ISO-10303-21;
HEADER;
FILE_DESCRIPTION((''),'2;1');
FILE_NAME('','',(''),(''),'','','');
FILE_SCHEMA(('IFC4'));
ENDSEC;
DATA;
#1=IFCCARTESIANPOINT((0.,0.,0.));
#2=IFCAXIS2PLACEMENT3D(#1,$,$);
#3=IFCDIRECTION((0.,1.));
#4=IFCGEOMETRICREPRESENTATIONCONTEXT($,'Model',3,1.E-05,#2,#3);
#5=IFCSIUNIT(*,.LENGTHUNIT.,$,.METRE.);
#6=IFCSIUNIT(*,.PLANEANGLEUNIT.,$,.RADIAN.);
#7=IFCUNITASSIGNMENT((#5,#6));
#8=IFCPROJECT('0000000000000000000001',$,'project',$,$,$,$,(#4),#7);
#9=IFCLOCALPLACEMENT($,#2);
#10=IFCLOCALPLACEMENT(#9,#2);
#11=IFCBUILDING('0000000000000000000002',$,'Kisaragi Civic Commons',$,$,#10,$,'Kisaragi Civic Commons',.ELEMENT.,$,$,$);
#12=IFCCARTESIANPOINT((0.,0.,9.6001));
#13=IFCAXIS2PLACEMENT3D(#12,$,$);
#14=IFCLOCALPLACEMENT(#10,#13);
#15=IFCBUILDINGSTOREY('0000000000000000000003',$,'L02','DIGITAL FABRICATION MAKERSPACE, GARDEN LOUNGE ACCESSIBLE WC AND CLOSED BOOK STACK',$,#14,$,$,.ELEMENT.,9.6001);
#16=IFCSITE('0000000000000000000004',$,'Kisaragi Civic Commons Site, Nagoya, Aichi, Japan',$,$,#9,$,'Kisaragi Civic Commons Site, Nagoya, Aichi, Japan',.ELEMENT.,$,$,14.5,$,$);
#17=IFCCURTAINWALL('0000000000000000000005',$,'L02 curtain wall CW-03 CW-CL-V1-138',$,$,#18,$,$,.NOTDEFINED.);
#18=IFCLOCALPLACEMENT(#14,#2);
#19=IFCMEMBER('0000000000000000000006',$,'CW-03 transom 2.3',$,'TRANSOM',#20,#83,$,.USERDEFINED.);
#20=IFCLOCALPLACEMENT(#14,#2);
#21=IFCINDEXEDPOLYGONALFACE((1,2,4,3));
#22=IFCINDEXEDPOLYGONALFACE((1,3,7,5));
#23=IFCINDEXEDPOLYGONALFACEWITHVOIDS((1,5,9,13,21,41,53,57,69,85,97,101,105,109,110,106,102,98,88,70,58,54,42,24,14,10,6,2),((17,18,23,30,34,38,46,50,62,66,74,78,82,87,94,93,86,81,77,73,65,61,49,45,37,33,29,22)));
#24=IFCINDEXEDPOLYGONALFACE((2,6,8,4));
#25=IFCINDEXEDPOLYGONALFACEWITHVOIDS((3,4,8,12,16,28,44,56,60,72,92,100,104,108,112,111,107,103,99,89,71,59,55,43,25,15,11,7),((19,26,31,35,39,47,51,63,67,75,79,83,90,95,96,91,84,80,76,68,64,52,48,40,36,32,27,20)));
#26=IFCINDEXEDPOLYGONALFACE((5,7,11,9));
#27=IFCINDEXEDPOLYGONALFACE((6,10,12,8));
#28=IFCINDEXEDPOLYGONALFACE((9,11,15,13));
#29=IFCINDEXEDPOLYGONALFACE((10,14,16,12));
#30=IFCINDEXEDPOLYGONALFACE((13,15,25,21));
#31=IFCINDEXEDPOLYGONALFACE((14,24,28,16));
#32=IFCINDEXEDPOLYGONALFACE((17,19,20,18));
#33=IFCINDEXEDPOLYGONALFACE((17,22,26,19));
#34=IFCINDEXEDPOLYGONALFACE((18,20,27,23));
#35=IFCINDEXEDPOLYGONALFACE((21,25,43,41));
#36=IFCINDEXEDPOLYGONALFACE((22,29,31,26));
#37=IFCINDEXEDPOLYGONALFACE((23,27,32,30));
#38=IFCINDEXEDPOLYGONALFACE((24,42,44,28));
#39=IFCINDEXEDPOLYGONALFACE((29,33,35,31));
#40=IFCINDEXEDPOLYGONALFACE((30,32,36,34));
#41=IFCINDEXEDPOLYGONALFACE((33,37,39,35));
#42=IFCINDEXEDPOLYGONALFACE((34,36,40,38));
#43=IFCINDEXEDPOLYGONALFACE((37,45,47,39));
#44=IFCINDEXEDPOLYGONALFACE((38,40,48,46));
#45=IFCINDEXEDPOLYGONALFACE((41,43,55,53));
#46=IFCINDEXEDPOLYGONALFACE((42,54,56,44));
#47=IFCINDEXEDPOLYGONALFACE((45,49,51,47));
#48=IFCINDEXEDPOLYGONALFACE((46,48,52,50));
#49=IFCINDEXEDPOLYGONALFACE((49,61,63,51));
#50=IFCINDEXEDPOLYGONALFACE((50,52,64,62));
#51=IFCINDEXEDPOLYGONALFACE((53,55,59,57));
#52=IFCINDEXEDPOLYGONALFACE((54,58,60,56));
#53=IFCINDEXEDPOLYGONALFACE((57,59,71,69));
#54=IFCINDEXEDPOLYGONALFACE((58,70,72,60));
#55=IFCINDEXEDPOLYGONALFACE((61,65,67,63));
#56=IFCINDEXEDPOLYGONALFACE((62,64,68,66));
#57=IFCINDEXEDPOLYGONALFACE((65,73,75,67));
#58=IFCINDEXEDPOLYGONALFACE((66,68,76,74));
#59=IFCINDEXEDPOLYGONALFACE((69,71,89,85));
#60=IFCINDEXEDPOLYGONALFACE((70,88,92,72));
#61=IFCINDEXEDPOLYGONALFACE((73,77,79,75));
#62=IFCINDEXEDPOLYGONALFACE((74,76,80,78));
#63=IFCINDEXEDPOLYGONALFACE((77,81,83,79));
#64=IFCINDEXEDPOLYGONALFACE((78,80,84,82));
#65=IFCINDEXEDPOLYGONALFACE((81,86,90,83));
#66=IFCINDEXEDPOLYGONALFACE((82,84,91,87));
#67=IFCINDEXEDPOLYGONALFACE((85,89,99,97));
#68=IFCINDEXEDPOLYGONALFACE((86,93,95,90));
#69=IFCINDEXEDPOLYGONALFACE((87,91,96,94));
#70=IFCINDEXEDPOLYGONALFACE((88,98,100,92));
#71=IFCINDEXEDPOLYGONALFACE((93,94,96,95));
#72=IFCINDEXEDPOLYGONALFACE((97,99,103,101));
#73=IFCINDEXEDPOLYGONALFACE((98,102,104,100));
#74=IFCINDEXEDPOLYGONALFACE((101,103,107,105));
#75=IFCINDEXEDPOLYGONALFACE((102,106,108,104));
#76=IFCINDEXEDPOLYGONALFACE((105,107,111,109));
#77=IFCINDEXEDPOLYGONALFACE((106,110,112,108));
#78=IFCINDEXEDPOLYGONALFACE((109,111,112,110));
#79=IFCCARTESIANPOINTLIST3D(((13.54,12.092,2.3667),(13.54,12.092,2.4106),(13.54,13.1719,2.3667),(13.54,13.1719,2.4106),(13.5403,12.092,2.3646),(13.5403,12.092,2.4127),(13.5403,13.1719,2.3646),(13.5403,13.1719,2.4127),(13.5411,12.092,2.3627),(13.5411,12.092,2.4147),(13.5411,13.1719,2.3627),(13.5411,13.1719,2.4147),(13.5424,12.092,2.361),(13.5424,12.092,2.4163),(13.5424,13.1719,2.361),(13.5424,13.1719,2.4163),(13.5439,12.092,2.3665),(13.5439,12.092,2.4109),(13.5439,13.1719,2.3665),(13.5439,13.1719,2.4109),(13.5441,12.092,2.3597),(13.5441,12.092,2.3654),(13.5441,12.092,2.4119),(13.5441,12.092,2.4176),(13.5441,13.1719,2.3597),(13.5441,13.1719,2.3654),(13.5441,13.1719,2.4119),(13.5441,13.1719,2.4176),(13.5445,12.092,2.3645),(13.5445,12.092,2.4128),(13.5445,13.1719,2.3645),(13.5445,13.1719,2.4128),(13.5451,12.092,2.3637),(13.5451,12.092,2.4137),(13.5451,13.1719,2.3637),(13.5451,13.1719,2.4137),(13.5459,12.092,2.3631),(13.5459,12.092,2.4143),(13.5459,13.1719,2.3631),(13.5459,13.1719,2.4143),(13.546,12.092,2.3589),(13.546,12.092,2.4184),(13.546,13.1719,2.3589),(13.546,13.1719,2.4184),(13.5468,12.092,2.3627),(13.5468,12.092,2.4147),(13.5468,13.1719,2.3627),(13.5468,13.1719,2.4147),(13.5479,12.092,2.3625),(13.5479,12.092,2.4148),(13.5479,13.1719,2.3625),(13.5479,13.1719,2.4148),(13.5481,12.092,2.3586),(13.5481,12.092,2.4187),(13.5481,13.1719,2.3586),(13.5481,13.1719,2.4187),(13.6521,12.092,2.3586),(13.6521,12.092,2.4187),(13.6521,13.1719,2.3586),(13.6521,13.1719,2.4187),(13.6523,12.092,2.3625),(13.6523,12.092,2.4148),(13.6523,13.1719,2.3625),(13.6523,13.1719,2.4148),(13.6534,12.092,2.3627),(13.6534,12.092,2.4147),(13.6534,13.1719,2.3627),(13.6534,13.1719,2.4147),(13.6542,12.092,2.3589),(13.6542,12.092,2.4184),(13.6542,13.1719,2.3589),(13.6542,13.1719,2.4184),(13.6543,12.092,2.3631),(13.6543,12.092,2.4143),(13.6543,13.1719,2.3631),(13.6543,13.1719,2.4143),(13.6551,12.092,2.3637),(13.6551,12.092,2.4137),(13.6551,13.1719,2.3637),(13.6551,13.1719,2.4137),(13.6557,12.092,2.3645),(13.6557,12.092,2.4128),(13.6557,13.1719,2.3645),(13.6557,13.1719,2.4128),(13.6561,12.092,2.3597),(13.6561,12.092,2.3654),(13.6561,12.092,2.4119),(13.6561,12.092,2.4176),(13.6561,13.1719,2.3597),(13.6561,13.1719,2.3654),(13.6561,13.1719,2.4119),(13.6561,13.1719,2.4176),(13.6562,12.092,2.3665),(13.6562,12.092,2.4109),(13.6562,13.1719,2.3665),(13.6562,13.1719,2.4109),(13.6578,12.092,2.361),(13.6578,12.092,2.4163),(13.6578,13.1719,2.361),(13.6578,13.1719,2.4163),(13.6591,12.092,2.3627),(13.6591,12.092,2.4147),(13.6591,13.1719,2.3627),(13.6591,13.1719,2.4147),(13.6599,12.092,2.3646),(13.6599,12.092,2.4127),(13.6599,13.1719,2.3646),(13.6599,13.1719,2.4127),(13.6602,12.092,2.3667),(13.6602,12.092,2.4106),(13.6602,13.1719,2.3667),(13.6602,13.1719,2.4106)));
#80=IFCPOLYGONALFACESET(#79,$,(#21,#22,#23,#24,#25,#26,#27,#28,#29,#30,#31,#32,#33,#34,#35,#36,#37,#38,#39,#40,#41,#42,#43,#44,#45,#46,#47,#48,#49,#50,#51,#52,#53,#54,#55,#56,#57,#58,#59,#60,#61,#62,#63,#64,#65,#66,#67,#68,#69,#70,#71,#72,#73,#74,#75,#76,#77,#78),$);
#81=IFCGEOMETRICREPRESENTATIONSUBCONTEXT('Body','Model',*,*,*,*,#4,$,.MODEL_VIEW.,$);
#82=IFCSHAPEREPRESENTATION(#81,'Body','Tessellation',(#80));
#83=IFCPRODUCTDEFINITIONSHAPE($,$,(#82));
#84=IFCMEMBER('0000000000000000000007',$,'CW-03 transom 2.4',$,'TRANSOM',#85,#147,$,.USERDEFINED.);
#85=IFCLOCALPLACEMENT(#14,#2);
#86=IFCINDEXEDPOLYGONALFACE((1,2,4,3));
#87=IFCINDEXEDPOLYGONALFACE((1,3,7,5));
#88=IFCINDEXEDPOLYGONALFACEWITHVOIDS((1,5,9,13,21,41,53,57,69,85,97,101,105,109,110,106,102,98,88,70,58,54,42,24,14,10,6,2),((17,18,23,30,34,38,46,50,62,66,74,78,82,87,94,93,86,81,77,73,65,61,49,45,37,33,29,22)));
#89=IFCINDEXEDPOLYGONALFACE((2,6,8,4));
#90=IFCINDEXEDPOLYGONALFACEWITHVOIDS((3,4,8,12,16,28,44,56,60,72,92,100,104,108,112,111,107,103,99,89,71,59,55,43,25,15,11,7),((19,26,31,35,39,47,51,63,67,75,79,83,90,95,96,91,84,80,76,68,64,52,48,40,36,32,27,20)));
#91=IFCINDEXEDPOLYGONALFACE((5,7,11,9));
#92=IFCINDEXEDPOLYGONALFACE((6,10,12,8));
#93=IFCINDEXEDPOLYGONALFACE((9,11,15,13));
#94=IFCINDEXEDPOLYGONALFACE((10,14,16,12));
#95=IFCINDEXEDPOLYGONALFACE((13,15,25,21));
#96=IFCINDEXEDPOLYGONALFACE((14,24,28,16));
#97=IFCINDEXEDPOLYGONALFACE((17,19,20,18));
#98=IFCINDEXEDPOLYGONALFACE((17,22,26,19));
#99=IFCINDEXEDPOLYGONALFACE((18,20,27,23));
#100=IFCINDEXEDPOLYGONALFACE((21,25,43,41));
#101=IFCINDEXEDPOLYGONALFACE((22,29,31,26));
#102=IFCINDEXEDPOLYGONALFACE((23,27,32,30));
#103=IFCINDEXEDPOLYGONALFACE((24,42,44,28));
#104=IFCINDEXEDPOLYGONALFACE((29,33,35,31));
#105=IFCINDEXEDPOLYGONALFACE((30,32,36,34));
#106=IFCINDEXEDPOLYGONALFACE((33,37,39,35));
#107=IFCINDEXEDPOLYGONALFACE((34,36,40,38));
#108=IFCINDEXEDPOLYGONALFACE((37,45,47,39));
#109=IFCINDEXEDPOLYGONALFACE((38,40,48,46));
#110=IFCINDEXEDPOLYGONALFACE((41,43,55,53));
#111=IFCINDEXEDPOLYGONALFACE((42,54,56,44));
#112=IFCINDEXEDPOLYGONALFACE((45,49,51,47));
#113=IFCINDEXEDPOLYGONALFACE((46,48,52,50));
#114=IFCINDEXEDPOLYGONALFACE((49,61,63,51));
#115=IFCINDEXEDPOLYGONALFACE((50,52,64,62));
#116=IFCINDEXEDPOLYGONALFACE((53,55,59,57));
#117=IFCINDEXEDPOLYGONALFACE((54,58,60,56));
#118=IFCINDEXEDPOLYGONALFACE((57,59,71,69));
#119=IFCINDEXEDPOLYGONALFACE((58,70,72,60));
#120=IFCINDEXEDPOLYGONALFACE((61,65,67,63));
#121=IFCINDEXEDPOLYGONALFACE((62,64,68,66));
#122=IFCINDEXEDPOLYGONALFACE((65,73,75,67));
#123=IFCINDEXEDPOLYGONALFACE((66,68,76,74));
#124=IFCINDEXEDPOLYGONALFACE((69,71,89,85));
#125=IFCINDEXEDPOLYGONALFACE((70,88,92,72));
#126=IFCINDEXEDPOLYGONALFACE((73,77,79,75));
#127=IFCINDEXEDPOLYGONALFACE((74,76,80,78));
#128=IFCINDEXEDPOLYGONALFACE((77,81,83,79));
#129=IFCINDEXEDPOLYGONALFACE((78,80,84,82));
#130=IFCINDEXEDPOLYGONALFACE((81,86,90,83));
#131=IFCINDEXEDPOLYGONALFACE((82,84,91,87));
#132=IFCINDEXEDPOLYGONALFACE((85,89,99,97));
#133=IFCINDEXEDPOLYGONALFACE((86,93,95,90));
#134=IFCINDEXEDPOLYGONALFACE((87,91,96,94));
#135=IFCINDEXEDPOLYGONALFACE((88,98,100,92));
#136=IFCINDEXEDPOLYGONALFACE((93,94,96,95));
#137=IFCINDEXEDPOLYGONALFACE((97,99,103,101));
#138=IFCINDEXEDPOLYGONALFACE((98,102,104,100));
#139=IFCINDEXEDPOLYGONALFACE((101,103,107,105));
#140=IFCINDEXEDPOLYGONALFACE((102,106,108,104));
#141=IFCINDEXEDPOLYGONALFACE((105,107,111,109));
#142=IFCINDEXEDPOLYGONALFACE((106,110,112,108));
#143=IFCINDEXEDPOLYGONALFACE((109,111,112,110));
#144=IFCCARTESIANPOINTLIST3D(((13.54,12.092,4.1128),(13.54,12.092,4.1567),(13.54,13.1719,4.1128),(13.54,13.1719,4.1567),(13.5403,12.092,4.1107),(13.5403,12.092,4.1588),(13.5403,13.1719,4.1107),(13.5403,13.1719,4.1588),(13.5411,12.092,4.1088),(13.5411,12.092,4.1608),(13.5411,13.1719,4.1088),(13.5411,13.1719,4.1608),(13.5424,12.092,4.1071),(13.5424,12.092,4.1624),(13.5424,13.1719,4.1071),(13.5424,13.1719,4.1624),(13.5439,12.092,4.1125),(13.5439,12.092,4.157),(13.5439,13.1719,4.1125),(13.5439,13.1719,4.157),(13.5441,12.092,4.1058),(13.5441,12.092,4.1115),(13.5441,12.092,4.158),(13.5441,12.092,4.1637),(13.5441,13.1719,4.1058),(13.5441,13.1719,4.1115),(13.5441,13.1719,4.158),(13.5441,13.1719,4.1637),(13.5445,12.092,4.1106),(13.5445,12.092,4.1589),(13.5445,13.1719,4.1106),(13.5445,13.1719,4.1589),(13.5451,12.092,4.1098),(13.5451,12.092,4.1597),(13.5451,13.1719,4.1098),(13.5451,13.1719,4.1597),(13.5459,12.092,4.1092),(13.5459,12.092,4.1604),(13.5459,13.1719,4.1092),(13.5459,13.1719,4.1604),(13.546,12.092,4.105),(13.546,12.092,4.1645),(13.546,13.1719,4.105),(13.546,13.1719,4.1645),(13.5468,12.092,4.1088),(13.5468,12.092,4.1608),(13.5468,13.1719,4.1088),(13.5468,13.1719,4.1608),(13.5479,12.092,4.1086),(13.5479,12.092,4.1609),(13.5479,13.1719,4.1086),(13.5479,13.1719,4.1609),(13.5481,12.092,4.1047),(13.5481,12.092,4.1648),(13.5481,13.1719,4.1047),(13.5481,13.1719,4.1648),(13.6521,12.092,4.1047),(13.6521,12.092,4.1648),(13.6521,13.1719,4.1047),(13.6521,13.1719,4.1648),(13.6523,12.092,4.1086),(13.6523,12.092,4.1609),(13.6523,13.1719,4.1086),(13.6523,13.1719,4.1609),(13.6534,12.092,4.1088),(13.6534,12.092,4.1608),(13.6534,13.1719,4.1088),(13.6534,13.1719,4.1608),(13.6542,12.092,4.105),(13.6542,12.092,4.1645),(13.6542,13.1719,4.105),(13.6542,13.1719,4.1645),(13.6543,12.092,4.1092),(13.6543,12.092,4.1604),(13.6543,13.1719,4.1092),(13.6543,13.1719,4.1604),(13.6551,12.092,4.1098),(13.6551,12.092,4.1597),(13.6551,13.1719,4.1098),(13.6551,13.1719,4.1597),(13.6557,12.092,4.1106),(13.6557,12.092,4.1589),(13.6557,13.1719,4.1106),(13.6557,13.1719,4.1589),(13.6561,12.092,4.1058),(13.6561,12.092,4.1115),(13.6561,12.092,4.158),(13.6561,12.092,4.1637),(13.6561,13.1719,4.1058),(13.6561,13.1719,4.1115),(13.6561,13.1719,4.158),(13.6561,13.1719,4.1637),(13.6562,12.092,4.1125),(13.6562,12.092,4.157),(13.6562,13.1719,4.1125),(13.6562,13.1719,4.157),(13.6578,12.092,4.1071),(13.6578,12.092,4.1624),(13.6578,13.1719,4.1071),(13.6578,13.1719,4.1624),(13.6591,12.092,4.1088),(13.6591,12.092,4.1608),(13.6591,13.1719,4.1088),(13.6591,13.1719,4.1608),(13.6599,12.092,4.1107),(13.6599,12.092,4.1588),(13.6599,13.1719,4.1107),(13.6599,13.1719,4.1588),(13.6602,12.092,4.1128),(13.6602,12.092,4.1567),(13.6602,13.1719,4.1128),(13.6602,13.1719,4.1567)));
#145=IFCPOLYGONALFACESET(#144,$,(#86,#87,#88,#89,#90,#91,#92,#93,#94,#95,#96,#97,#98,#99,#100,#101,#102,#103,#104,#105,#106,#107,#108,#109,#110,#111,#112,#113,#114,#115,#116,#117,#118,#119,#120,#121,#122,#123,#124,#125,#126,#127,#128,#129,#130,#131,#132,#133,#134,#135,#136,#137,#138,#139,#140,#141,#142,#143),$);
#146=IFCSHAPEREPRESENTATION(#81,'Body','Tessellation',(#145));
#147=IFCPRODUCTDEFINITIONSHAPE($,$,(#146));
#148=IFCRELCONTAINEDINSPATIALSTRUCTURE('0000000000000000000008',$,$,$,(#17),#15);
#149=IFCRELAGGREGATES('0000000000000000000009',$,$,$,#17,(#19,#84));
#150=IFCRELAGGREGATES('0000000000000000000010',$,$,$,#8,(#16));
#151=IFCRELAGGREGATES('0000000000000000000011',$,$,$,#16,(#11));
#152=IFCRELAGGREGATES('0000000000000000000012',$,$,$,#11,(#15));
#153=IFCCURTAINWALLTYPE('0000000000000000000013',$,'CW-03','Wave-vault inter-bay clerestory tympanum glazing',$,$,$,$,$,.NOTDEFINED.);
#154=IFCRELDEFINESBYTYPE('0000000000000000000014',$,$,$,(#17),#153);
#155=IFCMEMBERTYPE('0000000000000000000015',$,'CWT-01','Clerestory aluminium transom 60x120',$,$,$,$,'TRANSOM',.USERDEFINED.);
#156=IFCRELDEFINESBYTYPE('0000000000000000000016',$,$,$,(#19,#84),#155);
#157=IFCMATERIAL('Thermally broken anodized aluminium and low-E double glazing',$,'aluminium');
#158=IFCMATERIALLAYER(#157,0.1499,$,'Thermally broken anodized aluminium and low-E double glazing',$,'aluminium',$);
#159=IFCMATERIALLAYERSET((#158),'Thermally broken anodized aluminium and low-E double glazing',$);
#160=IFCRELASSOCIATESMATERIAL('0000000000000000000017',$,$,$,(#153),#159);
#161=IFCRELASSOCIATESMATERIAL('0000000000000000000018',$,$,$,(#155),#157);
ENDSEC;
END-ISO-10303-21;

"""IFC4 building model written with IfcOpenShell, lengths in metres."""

from ifc_helpers import new_model, si_unit, direction, frame, origin, origin_2d, place, context, subcontext, project, spatial, hollow_rectangle, extrude, material, layer, layer_set, material_profile, profile_set, type_object, element, aggregate, save


model = new_model("IFC4")

# Units and contexts
model_context = context("Model", 3, precision=1e-05, world=origin(), true_north=direction((0.0, 1.0)))
body_context = subcontext(model_context, "Body", "Model", "MODEL_VIEW")
ifc_project = project(units=[si_unit("LENGTHUNIT", "METRE"), si_unit("PLANEANGLEUNIT", "RADIAN")], contexts=[model_context])

# Site, building, storey
site_placement = place(None, origin())
site = spatial("IfcSite", under=ifc_project, at=site_placement, Name="Kisaragi Civic Commons Site, Nagoya, Aichi, Japan", LongName="Kisaragi Civic Commons Site, Nagoya, Aichi, Japan", CompositionType="ELEMENT", RefElevation=14.5)
building_placement = place(site_placement, origin())
building = spatial("IfcBuilding", under=site, at=building_placement, Name="Kisaragi Civic Commons", LongName="Kisaragi Civic Commons", CompositionType="ELEMENT")
storey_placement = place(building_placement, frame((0.0, 0.0, 9.6001)))
storey = spatial("IfcBuildingStorey", under=building, at=storey_placement, Name="L02", Description="DIGITAL FABRICATION MAKERSPACE, GARDEN LOUNGE ACCESSIBLE WC AND CLOSED BOOK STACK", CompositionType="ELEMENT", Elevation=9.6001)

# Curtain wall, members
ifc_material_1 = material(Name="Thermally broken anodized aluminium and low-E double glazing", Category="aluminium")
ifc_layer_1 = layer(ifc_material_1, 0.1499, Name="Thermally broken anodized aluminium and low-E double glazing", Category="aluminium")
ifc_layer_set_1 = layer_set([ifc_layer_1], Name="Thermally broken anodized aluminium and low-E double glazing")
curtain_wall_type = type_object("IfcCurtainWallType", Name="CW-03", Description="Wave-vault inter-bay clerestory tympanum glazing", PredefinedType="NOTDEFINED", material=ifc_layer_set_1)
curtain_wall_placement = place(storey_placement, origin())
curtain_wall = element("IfcCurtainWall", 1, at=curtain_wall_placement, inside=storey, type_object=curtain_wall_type, Name="L02 curtain wall CW-03 CW-CL-V1-138", PredefinedType="NOTDEFINED")
ifc_material_profile_1 = material_profile(ifc_material_1, hollow_rectangle(XDim=0.1201, YDim=0.0601, WallThickness=0.0039, InnerFilletRadius=0.0039, OuterFilletRadius=0.0081, at=origin_2d()), Name="CWT-60x120x4", Category="aluminium")
ifc_profile_set_1 = profile_set([ifc_material_profile_1], Name="Thermally broken anodized aluminium and low-E double glazing")
member_type_1 = type_object("IfcMemberType", Name="CWT-01", Description="Clerestory aluminium transom 60x120", ElementType="TRANSOM", PredefinedType="USERDEFINED", material=ifc_profile_set_1)
member_1_placement = place(storey_placement, frame((13.6001, 12.092, 2.3887), z_axis=(0.0, 1.0, 0.0), x_axis=(-1.0, 0.0, 0.0)))
member_1 = element("IfcMember", 2, at=member_1_placement, type_object=member_type_1, Name="CW-03 transom 2.3", ObjectType="TRANSOM", PredefinedType="USERDEFINED", context=body_context, shape_type="SweptSolid", body=[
    extrude(hollow_rectangle(XDim=0.1201, YDim=0.0601, WallThickness=0.0039, InnerFilletRadius=0.0039, OuterFilletRadius=0.0081, at=origin_2d()), origin(), (0.0, 0.0, 1.0), 1.0798),
])
member_2_placement = place(storey_placement, frame((13.6001, 12.092, 4.1348), z_axis=(0.0, 1.0, 0.0), x_axis=(-1.0, 0.0, 0.0)))
member_2 = element("IfcMember", 3, at=member_2_placement, type_object=member_type_1, Name="CW-03 transom 2.4", ObjectType="TRANSOM", PredefinedType="USERDEFINED", context=body_context, shape_type="SweptSolid", body=[
    extrude(hollow_rectangle(XDim=0.1201, YDim=0.0601, WallThickness=0.0039, InnerFilletRadius=0.0039, OuterFilletRadius=0.0081, at=origin_2d()), origin(), (0.0, 0.0, 1.0), 1.0798),
])

aggregate(curtain_wall, [member_1, member_2])

save(model, "model.ifc")
